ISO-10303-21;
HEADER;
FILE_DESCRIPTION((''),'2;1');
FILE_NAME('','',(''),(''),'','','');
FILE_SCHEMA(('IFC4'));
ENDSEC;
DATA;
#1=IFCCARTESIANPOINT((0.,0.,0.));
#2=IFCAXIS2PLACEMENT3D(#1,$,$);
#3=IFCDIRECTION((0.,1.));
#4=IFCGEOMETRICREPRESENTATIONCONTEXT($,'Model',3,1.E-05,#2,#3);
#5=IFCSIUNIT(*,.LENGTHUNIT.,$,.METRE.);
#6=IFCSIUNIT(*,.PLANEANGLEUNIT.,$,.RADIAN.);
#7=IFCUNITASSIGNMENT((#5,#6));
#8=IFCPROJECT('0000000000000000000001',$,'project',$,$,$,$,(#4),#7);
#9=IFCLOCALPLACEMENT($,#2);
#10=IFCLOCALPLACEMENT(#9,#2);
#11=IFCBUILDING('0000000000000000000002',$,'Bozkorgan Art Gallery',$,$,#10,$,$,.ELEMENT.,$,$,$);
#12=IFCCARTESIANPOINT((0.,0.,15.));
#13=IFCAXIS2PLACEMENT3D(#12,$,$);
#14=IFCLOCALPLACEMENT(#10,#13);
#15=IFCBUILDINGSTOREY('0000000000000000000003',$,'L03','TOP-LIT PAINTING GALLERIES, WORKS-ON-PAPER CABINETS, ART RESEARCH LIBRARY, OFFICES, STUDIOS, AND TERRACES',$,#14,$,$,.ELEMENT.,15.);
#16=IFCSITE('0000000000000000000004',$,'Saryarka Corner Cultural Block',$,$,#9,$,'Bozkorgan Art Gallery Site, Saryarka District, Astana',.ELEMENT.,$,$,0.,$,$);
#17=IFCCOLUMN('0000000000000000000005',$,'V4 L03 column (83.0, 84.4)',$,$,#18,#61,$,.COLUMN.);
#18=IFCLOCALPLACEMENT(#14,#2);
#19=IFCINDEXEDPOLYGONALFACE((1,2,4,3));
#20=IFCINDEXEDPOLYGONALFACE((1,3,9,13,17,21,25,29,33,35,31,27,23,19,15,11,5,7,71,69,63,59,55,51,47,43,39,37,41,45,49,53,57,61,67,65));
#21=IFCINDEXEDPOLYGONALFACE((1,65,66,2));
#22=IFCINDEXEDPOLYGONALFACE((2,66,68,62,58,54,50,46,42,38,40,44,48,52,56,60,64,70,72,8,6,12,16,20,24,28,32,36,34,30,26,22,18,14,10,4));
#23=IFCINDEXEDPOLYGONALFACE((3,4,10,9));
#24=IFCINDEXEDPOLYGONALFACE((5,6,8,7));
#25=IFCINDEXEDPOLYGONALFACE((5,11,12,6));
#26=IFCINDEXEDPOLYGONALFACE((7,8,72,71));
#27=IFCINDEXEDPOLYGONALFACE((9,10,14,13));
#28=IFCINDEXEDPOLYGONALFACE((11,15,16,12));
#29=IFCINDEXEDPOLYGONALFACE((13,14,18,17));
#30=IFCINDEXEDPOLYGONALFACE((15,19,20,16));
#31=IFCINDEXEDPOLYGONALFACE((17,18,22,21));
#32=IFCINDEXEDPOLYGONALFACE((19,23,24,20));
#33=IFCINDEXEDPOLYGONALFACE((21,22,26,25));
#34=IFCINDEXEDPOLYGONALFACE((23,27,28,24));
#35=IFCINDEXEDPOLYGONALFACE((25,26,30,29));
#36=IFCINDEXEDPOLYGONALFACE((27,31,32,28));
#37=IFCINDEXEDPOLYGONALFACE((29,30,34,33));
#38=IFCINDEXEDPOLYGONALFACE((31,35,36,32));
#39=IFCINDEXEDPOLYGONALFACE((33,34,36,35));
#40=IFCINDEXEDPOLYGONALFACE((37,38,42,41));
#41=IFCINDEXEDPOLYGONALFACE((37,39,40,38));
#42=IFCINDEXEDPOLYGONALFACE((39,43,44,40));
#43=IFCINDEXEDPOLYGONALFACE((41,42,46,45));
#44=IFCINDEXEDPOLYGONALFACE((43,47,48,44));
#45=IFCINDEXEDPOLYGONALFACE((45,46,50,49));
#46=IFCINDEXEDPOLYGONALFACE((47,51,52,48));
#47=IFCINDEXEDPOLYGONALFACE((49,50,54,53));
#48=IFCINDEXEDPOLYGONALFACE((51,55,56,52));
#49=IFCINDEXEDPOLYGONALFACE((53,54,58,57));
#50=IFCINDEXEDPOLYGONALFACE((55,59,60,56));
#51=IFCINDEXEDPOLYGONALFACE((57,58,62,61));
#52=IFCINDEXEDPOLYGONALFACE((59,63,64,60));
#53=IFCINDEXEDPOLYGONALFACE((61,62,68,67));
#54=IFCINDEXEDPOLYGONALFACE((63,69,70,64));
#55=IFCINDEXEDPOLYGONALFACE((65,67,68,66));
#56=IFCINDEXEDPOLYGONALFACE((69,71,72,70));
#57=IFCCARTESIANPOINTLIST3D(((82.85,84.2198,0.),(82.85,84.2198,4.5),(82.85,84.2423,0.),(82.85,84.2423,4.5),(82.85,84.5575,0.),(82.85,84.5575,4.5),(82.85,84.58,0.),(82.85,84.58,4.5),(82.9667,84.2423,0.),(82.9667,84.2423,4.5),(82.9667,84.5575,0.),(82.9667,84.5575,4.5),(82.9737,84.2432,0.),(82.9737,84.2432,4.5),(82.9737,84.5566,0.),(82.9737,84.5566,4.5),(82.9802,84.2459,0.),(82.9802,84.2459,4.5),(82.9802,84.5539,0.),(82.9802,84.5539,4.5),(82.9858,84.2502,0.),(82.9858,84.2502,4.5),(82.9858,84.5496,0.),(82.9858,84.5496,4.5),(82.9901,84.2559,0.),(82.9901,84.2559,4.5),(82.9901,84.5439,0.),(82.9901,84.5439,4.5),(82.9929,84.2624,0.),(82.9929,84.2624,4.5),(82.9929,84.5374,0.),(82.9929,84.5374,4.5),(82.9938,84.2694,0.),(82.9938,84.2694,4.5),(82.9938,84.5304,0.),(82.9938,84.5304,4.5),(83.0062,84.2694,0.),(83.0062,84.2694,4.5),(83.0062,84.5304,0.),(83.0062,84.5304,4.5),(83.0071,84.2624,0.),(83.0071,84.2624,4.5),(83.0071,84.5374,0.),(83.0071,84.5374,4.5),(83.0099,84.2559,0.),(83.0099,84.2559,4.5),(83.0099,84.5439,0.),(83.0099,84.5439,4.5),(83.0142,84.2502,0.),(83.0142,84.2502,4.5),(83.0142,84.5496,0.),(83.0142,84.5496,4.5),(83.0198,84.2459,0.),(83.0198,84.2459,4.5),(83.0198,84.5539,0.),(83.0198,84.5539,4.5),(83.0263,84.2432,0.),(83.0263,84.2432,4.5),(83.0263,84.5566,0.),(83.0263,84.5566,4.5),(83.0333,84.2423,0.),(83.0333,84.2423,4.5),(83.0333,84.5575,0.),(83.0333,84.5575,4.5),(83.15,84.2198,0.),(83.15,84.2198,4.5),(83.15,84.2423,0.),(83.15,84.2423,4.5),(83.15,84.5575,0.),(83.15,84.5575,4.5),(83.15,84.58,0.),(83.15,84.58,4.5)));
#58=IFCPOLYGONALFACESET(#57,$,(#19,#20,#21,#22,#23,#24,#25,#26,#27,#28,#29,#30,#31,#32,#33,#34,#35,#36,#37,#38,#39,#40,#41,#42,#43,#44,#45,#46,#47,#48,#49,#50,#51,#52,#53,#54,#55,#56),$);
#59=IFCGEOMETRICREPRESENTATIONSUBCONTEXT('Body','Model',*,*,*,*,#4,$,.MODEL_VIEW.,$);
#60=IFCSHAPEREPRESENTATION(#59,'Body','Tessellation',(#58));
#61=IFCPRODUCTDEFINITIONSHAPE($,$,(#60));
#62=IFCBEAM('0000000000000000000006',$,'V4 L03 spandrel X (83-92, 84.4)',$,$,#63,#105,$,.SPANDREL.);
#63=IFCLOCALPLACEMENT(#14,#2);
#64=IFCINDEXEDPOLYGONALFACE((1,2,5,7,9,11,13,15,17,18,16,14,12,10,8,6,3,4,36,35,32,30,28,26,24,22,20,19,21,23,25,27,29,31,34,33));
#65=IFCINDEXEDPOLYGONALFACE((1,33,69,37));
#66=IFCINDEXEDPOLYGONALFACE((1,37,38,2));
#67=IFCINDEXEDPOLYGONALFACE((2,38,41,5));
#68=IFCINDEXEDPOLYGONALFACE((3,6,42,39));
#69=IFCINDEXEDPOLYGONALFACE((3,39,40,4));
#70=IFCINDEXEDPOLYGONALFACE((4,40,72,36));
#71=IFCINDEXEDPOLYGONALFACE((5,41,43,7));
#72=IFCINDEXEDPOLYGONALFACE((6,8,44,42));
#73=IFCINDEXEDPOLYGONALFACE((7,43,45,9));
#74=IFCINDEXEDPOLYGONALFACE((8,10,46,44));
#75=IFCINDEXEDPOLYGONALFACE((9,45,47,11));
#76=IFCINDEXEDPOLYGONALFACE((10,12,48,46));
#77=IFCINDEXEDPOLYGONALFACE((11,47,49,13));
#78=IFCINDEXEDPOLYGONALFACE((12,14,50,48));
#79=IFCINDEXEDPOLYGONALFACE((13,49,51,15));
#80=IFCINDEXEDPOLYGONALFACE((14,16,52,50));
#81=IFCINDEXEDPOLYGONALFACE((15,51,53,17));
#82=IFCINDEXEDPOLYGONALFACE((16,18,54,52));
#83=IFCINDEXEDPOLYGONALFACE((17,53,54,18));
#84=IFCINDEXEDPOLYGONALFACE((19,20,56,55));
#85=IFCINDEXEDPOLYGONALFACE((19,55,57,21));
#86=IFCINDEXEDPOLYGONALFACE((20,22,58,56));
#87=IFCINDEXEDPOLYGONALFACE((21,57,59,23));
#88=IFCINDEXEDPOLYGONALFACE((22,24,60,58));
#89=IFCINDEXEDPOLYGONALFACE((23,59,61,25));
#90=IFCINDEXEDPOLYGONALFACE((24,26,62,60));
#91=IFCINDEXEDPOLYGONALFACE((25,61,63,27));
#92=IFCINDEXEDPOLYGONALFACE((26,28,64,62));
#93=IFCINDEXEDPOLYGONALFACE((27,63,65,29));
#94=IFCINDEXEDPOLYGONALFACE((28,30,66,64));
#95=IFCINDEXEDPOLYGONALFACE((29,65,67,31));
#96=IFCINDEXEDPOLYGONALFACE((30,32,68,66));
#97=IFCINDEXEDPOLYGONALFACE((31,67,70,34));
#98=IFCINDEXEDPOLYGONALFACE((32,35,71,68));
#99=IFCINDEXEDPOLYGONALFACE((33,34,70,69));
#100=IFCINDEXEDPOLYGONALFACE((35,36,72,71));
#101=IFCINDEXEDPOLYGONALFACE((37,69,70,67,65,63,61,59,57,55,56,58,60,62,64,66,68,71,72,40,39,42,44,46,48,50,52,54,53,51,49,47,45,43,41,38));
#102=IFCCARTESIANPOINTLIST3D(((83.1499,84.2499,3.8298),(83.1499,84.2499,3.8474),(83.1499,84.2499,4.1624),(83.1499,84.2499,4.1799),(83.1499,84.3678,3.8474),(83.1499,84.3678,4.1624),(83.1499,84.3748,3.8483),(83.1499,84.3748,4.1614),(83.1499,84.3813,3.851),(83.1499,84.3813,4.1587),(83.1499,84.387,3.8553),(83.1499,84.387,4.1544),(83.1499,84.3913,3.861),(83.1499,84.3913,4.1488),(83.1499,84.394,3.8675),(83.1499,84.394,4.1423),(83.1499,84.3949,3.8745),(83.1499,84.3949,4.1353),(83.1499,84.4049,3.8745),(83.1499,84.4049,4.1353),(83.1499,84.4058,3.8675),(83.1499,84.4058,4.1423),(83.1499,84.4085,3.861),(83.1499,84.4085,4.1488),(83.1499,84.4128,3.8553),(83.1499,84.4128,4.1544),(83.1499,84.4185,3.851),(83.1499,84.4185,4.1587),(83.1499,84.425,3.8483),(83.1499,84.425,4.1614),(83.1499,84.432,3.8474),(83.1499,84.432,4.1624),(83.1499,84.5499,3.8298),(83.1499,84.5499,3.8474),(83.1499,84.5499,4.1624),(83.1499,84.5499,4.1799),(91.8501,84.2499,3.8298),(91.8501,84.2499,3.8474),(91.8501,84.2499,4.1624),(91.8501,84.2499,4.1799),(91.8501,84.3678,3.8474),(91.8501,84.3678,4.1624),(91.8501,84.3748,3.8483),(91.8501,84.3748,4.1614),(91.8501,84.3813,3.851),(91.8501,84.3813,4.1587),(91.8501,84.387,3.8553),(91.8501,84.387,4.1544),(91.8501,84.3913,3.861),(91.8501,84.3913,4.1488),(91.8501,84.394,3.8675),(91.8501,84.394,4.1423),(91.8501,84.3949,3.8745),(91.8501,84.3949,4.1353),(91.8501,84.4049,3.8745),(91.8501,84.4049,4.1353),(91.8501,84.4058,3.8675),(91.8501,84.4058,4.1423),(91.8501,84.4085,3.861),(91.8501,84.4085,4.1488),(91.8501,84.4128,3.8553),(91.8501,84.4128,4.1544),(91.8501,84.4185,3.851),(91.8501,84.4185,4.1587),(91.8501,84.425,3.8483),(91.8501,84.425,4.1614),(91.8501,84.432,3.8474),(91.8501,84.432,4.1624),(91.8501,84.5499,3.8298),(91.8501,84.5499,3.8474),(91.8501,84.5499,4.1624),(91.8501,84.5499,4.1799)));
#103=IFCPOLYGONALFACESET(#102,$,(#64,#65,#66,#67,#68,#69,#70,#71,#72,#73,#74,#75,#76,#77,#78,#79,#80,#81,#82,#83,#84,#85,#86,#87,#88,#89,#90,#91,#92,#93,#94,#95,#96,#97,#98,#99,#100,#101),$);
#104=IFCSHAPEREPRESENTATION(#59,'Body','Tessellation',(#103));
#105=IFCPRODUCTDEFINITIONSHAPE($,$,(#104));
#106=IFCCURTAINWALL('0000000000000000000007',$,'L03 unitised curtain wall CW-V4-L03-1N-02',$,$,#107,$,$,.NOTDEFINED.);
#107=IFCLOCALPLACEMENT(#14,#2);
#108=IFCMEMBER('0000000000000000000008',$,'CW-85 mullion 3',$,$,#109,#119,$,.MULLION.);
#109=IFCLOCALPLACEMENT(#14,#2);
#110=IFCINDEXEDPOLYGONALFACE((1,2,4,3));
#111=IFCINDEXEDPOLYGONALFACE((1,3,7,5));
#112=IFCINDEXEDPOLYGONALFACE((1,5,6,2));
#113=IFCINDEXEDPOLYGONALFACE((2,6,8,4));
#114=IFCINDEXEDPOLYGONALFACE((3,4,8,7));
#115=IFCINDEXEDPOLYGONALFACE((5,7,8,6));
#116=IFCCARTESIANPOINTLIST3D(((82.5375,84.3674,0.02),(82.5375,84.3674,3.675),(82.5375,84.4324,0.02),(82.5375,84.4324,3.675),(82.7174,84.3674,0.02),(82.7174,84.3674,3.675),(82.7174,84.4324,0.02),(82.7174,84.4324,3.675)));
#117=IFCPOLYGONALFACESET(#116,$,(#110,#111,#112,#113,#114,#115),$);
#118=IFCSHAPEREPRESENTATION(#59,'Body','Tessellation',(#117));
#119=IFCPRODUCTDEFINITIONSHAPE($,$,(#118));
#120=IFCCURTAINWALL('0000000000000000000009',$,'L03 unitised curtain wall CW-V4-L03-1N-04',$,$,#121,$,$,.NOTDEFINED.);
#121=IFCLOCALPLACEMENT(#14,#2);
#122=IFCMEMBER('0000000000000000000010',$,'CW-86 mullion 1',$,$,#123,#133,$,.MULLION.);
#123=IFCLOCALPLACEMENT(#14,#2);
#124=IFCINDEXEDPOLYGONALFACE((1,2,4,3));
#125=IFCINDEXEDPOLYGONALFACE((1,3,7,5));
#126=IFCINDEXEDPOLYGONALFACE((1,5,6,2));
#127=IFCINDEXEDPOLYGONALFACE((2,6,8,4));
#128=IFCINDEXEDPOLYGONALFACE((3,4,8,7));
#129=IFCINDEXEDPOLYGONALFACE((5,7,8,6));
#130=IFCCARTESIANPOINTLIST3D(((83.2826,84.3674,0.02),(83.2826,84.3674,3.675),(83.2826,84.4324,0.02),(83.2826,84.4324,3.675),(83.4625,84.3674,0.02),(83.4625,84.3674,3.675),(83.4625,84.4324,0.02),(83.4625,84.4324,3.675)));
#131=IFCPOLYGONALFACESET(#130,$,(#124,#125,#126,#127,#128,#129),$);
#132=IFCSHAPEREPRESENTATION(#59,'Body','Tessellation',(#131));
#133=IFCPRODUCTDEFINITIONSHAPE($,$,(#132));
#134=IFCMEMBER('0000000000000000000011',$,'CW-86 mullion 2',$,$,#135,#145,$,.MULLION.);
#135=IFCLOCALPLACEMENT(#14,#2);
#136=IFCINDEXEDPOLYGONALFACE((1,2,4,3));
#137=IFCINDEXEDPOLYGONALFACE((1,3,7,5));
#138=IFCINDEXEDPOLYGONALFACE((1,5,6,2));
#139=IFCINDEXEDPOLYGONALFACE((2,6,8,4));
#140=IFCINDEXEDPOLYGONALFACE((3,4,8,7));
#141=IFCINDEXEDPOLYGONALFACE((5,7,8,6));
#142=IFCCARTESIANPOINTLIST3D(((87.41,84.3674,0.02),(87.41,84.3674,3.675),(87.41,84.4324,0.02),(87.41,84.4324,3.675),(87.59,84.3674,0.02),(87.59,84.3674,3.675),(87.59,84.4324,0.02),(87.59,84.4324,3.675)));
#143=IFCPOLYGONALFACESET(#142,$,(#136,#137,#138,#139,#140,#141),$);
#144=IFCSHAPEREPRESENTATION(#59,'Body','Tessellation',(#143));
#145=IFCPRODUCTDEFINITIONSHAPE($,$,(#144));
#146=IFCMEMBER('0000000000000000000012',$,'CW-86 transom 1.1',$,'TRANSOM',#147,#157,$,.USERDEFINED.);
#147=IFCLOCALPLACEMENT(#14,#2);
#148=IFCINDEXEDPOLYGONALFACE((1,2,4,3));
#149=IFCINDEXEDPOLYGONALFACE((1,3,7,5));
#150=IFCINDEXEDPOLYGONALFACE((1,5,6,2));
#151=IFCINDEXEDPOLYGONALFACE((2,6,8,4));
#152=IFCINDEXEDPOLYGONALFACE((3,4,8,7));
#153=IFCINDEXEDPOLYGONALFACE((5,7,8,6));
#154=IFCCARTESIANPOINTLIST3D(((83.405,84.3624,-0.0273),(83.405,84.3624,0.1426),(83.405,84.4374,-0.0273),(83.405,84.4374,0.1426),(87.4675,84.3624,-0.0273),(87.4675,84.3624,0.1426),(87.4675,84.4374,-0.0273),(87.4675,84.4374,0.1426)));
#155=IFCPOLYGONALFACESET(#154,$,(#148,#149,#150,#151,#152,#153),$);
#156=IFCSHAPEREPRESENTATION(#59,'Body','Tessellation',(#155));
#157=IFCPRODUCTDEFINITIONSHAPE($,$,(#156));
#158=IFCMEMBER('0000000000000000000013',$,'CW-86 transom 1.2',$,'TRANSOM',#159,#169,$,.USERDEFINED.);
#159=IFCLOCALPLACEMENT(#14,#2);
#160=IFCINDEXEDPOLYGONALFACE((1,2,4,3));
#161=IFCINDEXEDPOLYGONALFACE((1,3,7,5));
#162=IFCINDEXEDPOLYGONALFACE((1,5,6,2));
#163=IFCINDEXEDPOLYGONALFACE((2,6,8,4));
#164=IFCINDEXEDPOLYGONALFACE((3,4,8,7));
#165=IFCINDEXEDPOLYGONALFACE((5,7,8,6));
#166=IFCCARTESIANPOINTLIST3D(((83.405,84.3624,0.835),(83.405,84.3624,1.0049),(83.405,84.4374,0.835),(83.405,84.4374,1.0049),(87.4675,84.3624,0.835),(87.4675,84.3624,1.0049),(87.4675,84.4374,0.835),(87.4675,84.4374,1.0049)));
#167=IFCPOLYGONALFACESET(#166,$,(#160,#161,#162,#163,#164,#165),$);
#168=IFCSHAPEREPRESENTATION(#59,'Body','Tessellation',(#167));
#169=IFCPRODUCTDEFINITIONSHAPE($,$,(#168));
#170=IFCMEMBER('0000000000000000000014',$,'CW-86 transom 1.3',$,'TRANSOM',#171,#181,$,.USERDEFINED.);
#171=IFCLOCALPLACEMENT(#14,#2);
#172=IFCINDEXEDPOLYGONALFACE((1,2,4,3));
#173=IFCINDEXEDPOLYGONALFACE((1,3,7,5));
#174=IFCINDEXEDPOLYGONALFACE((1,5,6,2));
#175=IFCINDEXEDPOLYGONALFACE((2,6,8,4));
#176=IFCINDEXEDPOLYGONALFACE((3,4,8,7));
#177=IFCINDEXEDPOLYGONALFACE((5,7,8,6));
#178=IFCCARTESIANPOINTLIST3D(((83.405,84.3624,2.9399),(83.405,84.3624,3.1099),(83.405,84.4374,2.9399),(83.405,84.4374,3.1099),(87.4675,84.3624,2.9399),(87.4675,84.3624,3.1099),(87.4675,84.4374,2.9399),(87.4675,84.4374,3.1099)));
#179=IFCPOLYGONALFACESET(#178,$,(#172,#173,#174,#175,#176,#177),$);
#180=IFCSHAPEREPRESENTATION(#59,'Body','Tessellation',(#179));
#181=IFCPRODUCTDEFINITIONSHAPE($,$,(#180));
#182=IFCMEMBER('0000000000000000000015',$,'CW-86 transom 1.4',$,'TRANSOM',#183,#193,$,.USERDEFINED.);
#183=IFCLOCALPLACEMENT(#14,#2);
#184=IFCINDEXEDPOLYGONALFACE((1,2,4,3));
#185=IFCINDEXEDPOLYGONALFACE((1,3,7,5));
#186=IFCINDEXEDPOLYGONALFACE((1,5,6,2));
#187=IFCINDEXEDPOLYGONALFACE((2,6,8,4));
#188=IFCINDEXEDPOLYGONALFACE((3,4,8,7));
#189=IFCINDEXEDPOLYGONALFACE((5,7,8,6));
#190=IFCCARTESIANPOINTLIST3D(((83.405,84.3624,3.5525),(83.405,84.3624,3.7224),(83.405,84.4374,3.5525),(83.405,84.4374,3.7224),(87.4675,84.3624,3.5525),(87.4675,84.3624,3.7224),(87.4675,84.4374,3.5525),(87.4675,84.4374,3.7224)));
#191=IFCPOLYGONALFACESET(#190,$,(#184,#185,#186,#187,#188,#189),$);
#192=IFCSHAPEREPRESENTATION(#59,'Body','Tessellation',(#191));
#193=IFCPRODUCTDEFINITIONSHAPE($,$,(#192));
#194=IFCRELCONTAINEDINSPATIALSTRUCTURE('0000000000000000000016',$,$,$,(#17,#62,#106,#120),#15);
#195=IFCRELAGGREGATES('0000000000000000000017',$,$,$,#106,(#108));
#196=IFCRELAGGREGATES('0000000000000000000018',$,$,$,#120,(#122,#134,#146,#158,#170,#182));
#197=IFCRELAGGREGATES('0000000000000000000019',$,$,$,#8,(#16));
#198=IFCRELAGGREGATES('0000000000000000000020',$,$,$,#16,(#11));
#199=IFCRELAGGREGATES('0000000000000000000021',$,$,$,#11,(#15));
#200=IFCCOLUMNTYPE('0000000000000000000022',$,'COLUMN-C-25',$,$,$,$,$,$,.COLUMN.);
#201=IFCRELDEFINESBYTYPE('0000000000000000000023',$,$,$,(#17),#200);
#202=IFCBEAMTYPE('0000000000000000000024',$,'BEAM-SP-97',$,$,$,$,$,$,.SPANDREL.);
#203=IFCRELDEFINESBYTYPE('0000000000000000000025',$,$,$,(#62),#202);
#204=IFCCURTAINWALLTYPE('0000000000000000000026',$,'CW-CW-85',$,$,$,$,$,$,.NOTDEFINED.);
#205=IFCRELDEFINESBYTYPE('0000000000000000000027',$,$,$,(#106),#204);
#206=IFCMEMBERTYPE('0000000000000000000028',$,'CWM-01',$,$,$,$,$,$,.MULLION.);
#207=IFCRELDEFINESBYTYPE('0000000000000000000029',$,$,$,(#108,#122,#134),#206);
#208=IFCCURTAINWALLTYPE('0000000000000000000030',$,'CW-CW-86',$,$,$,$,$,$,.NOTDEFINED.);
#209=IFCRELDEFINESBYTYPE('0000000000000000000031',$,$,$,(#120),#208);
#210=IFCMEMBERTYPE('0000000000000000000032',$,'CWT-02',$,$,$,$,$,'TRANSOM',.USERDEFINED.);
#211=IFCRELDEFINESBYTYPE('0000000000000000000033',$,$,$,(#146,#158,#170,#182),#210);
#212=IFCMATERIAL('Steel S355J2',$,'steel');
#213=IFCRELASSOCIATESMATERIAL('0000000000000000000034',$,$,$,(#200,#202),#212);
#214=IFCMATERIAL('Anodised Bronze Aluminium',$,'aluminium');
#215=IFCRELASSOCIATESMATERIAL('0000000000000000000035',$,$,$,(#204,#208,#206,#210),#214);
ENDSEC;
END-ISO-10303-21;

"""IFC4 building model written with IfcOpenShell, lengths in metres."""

from ifc_helpers import new_model, si_unit, direction, frame, origin, origin_2d, place, context, subcontext, project, spatial, rectangle, i_section, extrude, material, material_profile, profile_set, type_object, element, aggregate, save


model = new_model("IFC4")

# Units and contexts
model_context = context("Model", 3, precision=1e-05, world=origin(), true_north=direction((0.0, 1.0)))
body_context = subcontext(model_context, "Body", "Model", "MODEL_VIEW")
ifc_project = project(units=[si_unit("LENGTHUNIT", "METRE"), si_unit("PLANEANGLEUNIT", "RADIAN")], contexts=[model_context])

# Site, building, storey
site_placement = place(None, origin())
site = spatial("IfcSite", under=ifc_project, at=site_placement, Name="Saryarka Corner Cultural Block", LongName="Bozkorgan Art Gallery Site, Saryarka District, Astana", CompositionType="ELEMENT", RefElevation=0.0)
building_placement = place(site_placement, origin())
building = spatial("IfcBuilding", under=site, at=building_placement, Name="Bozkorgan Art Gallery", CompositionType="ELEMENT")
storey_placement = place(building_placement, frame((0.0, 0.0, 15.0)))
storey = spatial("IfcBuildingStorey", under=building, at=storey_placement, Name="L03", Description="TOP-LIT PAINTING GALLERIES, WORKS-ON-PAPER CABINETS, ART RESEARCH LIBRARY, OFFICES, STUDIOS, AND TERRACES", CompositionType="ELEMENT", Elevation=15.0)

# Column
ifc_material_1 = material(Name="Steel S355J2", Category="steel")
ifc_material_profile_1 = material_profile(ifc_material_1, i_section(OverallWidth=0.3, OverallDepth=0.3601, WebThickness=0.0125, FlangeThickness=0.0225, FilletRadius=0.0271, at=origin_2d()), Name="HEB 360")
ifc_profile_set_1 = profile_set([ifc_material_profile_1], Name="Steel S355J2")
column_type = type_object("IfcColumnType", Name="COLUMN-C-25", PredefinedType="COLUMN", material=ifc_profile_set_1)
column_placement = place(storey_placement, frame((83.0, 84.3999, 0.0), z_axis=(0.0, 0.0, 1.0), x_axis=(1.0, 0.0, 0.0)))
element("IfcColumn", 1, at=column_placement, inside=storey, type_object=column_type, Name="V4 L03 column (83.0, 84.4)", PredefinedType="COLUMN", context=body_context, shape_type="SweptSolid", body=[
    extrude(i_section(OverallWidth=0.3, OverallDepth=0.3601, WebThickness=0.0125, FlangeThickness=0.0225, FilletRadius=0.0271, at=origin_2d()), origin(), (0.0, 0.0, 1.0), 4.5),
])

# Beam
ifc_material_profile_2 = material_profile(ifc_material_1, i_section(OverallWidth=0.3, OverallDepth=0.3501, WebThickness=0.01, FlangeThickness=0.0176, FilletRadius=0.0271, at=origin_2d()), Name="HEA 360")
ifc_profile_set_2 = profile_set([ifc_material_profile_2], Name="Steel S355J2")
beam_type = type_object("IfcBeamType", Name="BEAM-SP-97", PredefinedType="SPANDREL", material=ifc_profile_set_2)
beam_placement = place(storey_placement, frame((83.1499, 84.3999, 4.0049), z_axis=(1.0, 0.0, 0.0), x_axis=(0.0, 1.0, 0.0)))
element("IfcBeam", 2, at=beam_placement, inside=storey, type_object=beam_type, Name="V4 L03 spandrel X (83-92, 84.4)", PredefinedType="SPANDREL", context=body_context, shape_type="SweptSolid", body=[
    extrude(i_section(OverallWidth=0.3, OverallDepth=0.3501, WebThickness=0.01, FlangeThickness=0.0176, FilletRadius=0.0271, at=origin_2d()), origin(), (0.0, 0.0, 1.0), 8.7002),
])

# Curtain wall, member
ifc_material_2 = material(Name="Anodised Bronze Aluminium", Category="aluminium")
curtain_wall_type_1 = type_object("IfcCurtainWallType", Name="CW-CW-85", PredefinedType="NOTDEFINED", material=ifc_material_2)
curtain_wall_1_placement = place(storey_placement, origin())
curtain_wall_1 = element("IfcCurtainWall", 3, at=curtain_wall_1_placement, inside=storey, type_object=curtain_wall_type_1, Name="L03 unitised curtain wall CW-V4-L03-1N-02", PredefinedType="NOTDEFINED")
ifc_material_profile_3 = material_profile(ifc_material_2, rectangle(XDim=0.0649, YDim=0.1799, at=origin_2d()), Name="ALU MULLION 65x180")
ifc_profile_set_3 = profile_set([ifc_material_profile_3], Name="Anodised Bronze Aluminium")
member_type_1 = type_object("IfcMemberType", Name="CWM-01", PredefinedType="MULLION", material=ifc_profile_set_3)
member_1_placement = place(storey_placement, frame((82.6274, 84.3999, 0.02), z_axis=(0.0, 0.0, 1.0), x_axis=(0.0, 1.0, 0.0)))
member_1 = element("IfcMember", 4, at=member_1_placement, type_object=member_type_1, Name="CW-85 mullion 3", PredefinedType="MULLION", context=body_context, shape_type="SweptSolid", body=[
    extrude(rectangle(XDim=0.0649, YDim=0.1799, at=origin_2d()), origin(), (0.0, 0.0, 1.0), 3.655),
])

# Curtain wall, members
curtain_wall_type_2 = type_object("IfcCurtainWallType", Name="CW-CW-86", PredefinedType="NOTDEFINED", material=ifc_material_2)
curtain_wall_2_placement = place(storey_placement, origin())
curtain_wall_2 = element("IfcCurtainWall", 5, at=curtain_wall_2_placement, inside=storey, type_object=curtain_wall_type_2, Name="L03 unitised curtain wall CW-V4-L03-1N-04", PredefinedType="NOTDEFINED")
member_2_placement = place(storey_placement, frame((83.3726, 84.3999, 0.02), z_axis=(0.0, 0.0, 1.0), x_axis=(0.0, 1.0, 0.0)))
member_2 = element("IfcMember", 6, at=member_2_placement, type_object=member_type_1, Name="CW-86 mullion 1", PredefinedType="MULLION", context=body_context, shape_type="SweptSolid", body=[
    extrude(rectangle(XDim=0.0649, YDim=0.1799, at=origin_2d()), origin(), (0.0, 0.0, 1.0), 3.655),
])
member_3_placement = place(storey_placement, frame((87.5, 84.3999, 0.02), z_axis=(0.0, 0.0, 1.0), x_axis=(0.0, 1.0, 0.0)))
member_3 = element("IfcMember", 7, at=member_3_placement, type_object=member_type_1, Name="CW-86 mullion 2", PredefinedType="MULLION", context=body_context, shape_type="SweptSolid", body=[
    extrude(rectangle(XDim=0.0649, YDim=0.1799, at=origin_2d()), origin(), (0.0, 0.0, 1.0), 3.655),
])
ifc_material_profile_4 = material_profile(ifc_material_2, rectangle(XDim=0.075, YDim=0.1699, at=origin_2d()), Name="ALU TRANSOM 75x170")
ifc_profile_set_4 = profile_set([ifc_material_profile_4], Name="Anodised Bronze Aluminium")
member_type_2 = type_object("IfcMemberType", Name="CWT-02", ElementType="TRANSOM", PredefinedType="USERDEFINED", material=ifc_profile_set_4)
member_4_placement = place(storey_placement, frame((83.405, 84.3999, 0.0576), z_axis=(1.0, 0.0, 0.0), x_axis=(0.0, 1.0, 0.0)))
member_4 = element("IfcMember", 8, at=member_4_placement, type_object=member_type_2, Name="CW-86 transom 1.1", ObjectType="TRANSOM", PredefinedType="USERDEFINED", context=body_context, shape_type="SweptSolid", body=[
    extrude(rectangle(XDim=0.075, YDim=0.1699, at=origin_2d()), origin(), (0.0, 0.0, 1.0), 4.0625),
])
member_5_placement = place(storey_placement, frame((83.405, 84.3999, 0.9199), z_axis=(1.0, 0.0, 0.0), x_axis=(0.0, 1.0, 0.0)))
member_5 = element("IfcMember", 9, at=member_5_placement, type_object=member_type_2, Name="CW-86 transom 1.2", ObjectType="TRANSOM", PredefinedType="USERDEFINED", context=body_context, shape_type="SweptSolid", body=[
    extrude(rectangle(XDim=0.075, YDim=0.1699, at=origin_2d()), origin(), (0.0, 0.0, 1.0), 4.0625),
])
member_6_placement = place(storey_placement, frame((83.405, 84.3999, 3.0249), z_axis=(1.0, 0.0, 0.0), x_axis=(0.0, 1.0, 0.0)))
member_6 = element("IfcMember", 10, at=member_6_placement, type_object=member_type_2, Name="CW-86 transom 1.3", ObjectType="TRANSOM", PredefinedType="USERDEFINED", context=body_context, shape_type="SweptSolid", body=[
    extrude(rectangle(XDim=0.075, YDim=0.1699, at=origin_2d()), origin(), (0.0, 0.0, 1.0), 4.0625),
])
member_7_placement = place(storey_placement, frame((83.405, 84.3999, 3.6375), z_axis=(1.0, 0.0, 0.0), x_axis=(0.0, 1.0, 0.0)))
member_7 = element("IfcMember", 11, at=member_7_placement, type_object=member_type_2, Name="CW-86 transom 1.4", ObjectType="TRANSOM", PredefinedType="USERDEFINED", context=body_context, shape_type="SweptSolid", body=[
    extrude(rectangle(XDim=0.075, YDim=0.1699, at=origin_2d()), origin(), (0.0, 0.0, 1.0), 4.0625),
])

aggregate(curtain_wall_1, [member_1])
aggregate(curtain_wall_2, [member_2, member_3, member_4, member_5, member_6, member_7])

save(model, "model.ifc")
